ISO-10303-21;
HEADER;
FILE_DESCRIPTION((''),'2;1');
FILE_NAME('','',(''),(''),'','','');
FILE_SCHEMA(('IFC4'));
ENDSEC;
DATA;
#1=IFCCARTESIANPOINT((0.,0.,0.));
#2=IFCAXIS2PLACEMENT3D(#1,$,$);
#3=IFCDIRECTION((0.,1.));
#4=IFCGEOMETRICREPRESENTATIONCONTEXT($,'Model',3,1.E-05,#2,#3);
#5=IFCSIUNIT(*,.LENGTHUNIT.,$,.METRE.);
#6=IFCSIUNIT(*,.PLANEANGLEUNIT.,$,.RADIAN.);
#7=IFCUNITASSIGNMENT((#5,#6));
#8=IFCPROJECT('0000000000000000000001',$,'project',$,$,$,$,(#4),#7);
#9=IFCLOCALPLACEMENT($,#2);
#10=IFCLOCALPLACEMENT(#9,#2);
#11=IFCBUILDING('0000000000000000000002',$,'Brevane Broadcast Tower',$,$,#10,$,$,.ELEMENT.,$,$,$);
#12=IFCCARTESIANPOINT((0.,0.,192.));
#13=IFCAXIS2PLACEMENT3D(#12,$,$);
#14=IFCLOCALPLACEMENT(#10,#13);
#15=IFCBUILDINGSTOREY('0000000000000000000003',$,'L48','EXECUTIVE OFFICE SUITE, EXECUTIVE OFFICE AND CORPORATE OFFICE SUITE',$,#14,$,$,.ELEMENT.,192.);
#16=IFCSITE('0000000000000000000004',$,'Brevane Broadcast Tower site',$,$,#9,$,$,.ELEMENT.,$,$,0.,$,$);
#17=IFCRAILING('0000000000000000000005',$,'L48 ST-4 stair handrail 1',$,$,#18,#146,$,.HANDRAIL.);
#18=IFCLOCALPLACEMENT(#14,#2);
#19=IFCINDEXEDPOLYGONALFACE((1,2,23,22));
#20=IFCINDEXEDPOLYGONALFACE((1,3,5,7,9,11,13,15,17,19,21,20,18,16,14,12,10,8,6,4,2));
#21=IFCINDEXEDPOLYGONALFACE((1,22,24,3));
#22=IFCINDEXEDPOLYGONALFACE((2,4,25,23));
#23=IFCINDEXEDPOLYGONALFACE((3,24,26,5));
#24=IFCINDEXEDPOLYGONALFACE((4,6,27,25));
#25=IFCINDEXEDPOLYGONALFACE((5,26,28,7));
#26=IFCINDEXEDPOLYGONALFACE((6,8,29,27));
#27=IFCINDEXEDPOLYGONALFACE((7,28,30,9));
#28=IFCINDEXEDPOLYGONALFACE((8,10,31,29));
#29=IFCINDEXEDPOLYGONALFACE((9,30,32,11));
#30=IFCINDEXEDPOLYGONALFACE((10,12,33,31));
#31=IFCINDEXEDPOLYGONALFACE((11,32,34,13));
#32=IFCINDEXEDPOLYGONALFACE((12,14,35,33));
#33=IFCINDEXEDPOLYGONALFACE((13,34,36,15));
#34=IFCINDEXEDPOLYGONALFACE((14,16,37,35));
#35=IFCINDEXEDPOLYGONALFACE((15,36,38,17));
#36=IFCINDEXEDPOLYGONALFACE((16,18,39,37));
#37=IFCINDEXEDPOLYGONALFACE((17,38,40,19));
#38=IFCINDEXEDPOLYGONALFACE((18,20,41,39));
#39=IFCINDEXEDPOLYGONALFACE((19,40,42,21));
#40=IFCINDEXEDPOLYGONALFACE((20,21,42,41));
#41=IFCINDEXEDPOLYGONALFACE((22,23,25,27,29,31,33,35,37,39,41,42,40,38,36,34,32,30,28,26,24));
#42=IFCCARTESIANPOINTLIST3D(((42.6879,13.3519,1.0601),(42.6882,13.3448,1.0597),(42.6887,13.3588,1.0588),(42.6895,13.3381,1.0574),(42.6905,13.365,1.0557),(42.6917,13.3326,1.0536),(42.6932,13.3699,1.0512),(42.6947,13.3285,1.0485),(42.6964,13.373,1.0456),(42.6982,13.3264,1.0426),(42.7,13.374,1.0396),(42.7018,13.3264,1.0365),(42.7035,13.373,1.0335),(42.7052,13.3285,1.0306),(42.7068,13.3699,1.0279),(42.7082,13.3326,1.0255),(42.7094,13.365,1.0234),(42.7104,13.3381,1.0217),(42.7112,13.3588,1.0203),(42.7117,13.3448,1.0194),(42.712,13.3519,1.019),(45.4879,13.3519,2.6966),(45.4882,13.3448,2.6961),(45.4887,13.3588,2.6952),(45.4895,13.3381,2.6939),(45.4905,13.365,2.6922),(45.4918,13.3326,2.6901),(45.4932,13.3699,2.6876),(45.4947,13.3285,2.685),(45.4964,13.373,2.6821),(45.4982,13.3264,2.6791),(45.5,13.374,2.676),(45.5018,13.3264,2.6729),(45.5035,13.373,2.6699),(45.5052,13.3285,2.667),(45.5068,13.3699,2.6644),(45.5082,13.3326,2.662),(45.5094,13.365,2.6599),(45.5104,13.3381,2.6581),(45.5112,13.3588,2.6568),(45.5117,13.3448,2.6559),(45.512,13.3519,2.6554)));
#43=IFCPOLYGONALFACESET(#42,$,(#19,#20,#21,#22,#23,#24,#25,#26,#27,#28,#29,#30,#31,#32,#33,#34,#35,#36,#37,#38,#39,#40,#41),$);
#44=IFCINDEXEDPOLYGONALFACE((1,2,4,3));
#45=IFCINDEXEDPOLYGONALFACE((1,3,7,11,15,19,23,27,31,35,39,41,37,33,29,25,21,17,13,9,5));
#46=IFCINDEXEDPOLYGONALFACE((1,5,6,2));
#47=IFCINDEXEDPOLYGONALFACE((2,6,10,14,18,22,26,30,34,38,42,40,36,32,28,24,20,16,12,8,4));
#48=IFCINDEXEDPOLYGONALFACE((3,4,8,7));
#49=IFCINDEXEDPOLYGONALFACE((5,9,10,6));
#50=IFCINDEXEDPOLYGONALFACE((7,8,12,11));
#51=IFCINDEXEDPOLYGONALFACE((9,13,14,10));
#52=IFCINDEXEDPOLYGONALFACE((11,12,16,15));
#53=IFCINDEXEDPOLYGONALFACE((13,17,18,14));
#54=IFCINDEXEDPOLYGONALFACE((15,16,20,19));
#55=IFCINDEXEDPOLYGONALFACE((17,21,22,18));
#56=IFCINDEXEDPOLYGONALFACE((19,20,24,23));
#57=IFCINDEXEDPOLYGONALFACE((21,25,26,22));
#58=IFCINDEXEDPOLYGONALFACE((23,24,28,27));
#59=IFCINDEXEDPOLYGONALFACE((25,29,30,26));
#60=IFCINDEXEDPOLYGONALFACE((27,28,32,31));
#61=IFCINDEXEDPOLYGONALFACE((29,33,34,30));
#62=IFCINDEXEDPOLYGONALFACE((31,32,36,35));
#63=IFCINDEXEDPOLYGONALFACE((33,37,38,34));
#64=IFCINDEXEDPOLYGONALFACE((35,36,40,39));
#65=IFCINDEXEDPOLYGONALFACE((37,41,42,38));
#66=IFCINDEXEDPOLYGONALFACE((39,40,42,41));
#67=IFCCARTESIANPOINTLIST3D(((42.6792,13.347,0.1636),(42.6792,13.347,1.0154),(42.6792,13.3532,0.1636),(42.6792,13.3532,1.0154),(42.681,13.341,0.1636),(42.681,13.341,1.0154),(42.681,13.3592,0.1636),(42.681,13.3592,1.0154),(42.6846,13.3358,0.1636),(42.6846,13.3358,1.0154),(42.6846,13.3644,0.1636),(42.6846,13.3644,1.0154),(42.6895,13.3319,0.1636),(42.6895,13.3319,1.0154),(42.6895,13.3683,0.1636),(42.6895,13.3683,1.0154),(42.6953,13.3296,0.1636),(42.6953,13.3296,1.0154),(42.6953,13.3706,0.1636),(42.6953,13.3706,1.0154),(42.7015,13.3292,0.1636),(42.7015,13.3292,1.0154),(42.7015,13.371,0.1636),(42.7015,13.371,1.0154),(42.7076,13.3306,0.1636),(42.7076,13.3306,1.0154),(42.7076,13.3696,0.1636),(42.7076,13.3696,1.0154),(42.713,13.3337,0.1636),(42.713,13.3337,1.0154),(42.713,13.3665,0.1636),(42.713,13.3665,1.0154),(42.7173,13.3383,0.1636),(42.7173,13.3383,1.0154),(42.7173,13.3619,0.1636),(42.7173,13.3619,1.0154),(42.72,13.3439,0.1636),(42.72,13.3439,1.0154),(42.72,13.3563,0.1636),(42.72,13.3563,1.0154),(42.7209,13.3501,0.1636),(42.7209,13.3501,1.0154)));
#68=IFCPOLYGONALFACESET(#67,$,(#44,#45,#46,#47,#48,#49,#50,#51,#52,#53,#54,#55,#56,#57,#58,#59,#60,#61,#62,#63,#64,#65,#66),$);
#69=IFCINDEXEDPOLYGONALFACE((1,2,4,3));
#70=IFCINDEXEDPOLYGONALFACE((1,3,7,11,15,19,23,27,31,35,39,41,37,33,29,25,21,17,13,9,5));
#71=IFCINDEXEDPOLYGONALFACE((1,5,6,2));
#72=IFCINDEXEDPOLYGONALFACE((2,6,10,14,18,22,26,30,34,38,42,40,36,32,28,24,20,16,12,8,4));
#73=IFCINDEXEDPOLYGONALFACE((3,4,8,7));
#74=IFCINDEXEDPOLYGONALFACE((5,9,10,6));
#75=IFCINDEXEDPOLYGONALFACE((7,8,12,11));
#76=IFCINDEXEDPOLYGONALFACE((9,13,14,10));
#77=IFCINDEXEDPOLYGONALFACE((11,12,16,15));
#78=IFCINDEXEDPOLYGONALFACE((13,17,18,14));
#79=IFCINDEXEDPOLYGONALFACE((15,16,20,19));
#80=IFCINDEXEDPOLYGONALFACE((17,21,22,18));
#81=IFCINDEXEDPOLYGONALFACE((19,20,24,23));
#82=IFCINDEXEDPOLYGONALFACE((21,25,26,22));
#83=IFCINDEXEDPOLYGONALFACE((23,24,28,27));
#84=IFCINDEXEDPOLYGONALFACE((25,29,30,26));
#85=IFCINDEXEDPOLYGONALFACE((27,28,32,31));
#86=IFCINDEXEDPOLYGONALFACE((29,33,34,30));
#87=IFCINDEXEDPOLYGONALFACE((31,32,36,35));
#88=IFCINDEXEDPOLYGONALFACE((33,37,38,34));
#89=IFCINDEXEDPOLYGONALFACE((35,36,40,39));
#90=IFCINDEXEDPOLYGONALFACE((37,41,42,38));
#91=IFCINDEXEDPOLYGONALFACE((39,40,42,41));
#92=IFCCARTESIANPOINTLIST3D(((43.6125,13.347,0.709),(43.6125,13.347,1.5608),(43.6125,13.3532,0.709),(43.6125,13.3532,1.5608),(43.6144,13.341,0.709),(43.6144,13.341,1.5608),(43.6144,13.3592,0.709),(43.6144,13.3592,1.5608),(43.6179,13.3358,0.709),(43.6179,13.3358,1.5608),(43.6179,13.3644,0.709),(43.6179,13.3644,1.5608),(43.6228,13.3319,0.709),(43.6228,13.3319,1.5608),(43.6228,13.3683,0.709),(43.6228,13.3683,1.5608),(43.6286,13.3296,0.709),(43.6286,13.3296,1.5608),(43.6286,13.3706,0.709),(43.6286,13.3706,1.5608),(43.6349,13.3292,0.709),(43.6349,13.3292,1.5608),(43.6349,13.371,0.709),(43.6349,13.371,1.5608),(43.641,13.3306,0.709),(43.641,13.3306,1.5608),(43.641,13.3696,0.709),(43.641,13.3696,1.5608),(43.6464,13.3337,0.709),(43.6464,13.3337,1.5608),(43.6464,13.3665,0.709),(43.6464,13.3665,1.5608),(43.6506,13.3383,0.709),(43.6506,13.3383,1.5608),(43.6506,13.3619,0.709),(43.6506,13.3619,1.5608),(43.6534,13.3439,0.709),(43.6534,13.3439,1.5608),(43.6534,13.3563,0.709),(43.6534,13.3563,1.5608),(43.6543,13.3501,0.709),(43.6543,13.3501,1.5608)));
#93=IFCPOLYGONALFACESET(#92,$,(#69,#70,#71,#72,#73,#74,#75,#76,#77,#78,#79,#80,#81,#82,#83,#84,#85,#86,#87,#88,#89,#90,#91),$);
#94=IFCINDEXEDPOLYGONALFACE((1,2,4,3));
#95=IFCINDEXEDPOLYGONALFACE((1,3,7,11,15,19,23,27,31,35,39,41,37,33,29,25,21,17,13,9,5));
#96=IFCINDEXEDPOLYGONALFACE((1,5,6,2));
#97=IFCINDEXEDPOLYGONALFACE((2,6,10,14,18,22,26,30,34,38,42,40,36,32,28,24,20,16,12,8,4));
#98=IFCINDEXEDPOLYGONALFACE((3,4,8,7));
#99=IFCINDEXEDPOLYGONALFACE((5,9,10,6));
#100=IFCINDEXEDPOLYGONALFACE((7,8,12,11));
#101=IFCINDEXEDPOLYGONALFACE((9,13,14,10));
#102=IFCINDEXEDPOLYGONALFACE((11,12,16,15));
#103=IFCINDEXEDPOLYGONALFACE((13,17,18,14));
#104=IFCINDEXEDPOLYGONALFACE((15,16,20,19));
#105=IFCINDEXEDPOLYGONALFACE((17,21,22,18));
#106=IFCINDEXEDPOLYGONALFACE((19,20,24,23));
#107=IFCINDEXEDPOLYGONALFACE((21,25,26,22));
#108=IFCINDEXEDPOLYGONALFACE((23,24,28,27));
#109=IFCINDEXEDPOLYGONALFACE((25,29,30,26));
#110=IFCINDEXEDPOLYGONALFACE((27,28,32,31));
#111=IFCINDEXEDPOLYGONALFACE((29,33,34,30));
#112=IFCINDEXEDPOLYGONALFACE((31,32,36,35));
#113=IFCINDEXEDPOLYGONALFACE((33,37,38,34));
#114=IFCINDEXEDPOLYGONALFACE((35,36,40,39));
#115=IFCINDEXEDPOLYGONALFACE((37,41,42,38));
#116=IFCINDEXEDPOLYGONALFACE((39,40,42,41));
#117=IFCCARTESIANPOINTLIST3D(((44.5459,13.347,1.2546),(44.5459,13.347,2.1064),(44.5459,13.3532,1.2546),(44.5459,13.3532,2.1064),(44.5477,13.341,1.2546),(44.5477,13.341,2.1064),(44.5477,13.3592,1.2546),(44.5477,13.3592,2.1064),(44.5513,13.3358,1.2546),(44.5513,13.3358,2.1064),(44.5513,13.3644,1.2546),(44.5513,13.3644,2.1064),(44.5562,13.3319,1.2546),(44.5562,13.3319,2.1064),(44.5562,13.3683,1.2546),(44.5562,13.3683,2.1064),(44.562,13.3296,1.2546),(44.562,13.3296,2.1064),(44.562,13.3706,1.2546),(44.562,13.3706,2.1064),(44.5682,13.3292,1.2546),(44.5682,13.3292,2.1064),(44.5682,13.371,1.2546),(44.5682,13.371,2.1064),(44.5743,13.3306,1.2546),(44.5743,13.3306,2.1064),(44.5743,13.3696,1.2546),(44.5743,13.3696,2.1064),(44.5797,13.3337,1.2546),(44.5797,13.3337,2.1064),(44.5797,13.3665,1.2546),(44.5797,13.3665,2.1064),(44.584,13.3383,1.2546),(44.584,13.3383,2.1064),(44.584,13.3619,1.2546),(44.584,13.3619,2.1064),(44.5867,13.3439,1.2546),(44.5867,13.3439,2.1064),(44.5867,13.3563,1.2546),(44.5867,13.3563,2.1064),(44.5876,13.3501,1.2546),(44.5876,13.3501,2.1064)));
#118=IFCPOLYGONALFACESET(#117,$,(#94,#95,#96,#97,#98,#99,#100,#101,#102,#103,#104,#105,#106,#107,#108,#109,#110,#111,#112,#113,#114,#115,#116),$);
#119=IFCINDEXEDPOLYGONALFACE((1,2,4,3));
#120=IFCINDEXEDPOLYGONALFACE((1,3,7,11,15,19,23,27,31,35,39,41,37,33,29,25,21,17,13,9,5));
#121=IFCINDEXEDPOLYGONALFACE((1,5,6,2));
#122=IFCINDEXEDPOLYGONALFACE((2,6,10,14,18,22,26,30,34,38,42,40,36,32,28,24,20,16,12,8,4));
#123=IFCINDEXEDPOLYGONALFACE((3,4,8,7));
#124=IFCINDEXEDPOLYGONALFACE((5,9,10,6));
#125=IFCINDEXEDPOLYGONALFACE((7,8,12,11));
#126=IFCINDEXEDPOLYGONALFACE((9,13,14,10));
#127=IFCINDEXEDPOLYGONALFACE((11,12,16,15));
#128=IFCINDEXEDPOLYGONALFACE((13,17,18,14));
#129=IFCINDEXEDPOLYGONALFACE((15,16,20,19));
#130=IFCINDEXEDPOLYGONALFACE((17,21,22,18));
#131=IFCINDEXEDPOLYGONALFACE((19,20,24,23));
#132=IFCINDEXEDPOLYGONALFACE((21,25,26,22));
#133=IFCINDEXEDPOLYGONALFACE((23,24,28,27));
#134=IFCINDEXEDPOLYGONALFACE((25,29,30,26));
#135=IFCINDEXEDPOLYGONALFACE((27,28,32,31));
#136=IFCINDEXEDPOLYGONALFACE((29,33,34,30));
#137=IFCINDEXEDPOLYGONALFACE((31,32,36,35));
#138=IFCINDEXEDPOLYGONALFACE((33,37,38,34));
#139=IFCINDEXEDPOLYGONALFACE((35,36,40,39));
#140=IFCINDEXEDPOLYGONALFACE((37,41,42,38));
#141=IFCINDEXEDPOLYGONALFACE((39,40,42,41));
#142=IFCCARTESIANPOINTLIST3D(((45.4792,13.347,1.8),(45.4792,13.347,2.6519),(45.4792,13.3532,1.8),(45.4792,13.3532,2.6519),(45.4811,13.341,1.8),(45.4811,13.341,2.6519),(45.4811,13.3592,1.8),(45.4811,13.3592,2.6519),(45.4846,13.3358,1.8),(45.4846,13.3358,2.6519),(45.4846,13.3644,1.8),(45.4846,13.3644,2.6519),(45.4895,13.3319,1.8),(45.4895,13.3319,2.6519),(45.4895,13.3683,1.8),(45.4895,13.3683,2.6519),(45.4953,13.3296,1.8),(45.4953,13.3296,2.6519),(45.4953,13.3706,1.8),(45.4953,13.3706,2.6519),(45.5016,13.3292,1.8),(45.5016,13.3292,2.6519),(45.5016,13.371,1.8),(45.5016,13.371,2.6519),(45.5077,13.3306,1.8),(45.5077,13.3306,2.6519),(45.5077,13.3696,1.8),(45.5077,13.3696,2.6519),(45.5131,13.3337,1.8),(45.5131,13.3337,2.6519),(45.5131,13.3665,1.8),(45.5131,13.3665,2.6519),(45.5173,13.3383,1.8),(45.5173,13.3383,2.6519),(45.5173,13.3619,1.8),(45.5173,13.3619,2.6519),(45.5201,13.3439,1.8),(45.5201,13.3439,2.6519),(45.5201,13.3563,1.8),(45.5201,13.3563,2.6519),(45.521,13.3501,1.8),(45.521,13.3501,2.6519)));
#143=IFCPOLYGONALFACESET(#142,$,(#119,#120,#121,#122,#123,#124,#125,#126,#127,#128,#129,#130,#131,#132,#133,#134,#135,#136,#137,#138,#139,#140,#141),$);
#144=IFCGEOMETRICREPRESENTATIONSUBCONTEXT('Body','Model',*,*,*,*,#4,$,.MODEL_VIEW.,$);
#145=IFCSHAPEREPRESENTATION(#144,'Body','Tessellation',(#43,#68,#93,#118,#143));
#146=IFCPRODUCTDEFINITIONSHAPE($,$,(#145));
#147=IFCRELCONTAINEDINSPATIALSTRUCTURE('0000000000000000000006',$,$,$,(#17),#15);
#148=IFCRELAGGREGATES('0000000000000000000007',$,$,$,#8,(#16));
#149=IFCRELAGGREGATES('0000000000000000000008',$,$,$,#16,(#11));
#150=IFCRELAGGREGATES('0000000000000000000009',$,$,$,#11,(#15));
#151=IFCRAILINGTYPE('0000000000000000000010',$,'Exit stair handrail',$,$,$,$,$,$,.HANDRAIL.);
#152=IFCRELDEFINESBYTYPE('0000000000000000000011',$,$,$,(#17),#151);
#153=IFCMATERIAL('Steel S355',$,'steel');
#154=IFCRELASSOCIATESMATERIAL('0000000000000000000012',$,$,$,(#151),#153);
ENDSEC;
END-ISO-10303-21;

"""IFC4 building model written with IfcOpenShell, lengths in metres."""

from ifc_helpers import new_model, si_unit, direction, frame, origin, origin_2d, place, context, subcontext, project, spatial, circle, extrude, material, type_object, element, save


model = new_model("IFC4")

# Units and contexts
model_context = context("Model", 3, precision=1e-05, world=origin(), true_north=direction((0.0, 1.0)))
body_context = subcontext(model_context, "Body", "Model", "MODEL_VIEW")
ifc_project = project(units=[si_unit("LENGTHUNIT", "METRE"), si_unit("PLANEANGLEUNIT", "RADIAN")], contexts=[model_context])

# Site, building, storey
site_placement = place(None, origin())
site = spatial("IfcSite", under=ifc_project, at=site_placement, Name="Brevane Broadcast Tower site", CompositionType="ELEMENT", RefElevation=0.0)
building_placement = place(site_placement, origin())
building = spatial("IfcBuilding", under=site, at=building_placement, Name="Brevane Broadcast Tower", CompositionType="ELEMENT")
storey_placement = place(building_placement, frame((0.0, 0.0, 192.0)))
storey = spatial("IfcBuildingStorey", under=building, at=storey_placement, Name="L48", Description="EXECUTIVE OFFICE SUITE, EXECUTIVE OFFICE AND CORPORATE OFFICE SUITE", CompositionType="ELEMENT", Elevation=192.0)

# Railing
ifc_material_1 = material(Name="Steel S355", Category="steel")
railing_type_1 = type_object("IfcRailingType", Name="Exit stair handrail", PredefinedType="HANDRAIL", material=ifc_material_1)
railing_1_placement = place(storey_placement, frame((42.7, 13.3501, 0.1636)))
element("IfcRailing", 1, at=railing_1_placement, inside=storey, type_object=railing_type_1, Name="L48 ST-4 stair handrail 1", PredefinedType="HANDRAIL", context=body_context, shape_type="SweptSolid", body=[
    extrude(circle(Radius=0.0239, at=origin_2d()), frame((0.0, 0.0, 0.876), z_axis=(0.863361, 0.0, 0.504587), x_axis=(0.0, 1.0, 0.0)), (0.0, 0.0, 1.0), 3.2432),
    extrude(circle(Radius=0.021, at=origin_2d()), origin(), (0.0, 0.0, 1.0), 0.8518),
    extrude(circle(Radius=0.021, at=origin_2d()), frame((0.9333, 0.0, 0.5454)), (0.0, 0.0, 1.0), 0.8518),
    extrude(circle(Radius=0.021, at=origin_2d()), frame((1.8667, 0.0, 1.0911)), (0.0, 0.0, 1.0), 0.8518),
    extrude(circle(Radius=0.021, at=origin_2d()), frame((2.8, 0.0, 1.6365)), (0.0, 0.0, 1.0), 0.8518),
])

save(model, "model.ifc")
